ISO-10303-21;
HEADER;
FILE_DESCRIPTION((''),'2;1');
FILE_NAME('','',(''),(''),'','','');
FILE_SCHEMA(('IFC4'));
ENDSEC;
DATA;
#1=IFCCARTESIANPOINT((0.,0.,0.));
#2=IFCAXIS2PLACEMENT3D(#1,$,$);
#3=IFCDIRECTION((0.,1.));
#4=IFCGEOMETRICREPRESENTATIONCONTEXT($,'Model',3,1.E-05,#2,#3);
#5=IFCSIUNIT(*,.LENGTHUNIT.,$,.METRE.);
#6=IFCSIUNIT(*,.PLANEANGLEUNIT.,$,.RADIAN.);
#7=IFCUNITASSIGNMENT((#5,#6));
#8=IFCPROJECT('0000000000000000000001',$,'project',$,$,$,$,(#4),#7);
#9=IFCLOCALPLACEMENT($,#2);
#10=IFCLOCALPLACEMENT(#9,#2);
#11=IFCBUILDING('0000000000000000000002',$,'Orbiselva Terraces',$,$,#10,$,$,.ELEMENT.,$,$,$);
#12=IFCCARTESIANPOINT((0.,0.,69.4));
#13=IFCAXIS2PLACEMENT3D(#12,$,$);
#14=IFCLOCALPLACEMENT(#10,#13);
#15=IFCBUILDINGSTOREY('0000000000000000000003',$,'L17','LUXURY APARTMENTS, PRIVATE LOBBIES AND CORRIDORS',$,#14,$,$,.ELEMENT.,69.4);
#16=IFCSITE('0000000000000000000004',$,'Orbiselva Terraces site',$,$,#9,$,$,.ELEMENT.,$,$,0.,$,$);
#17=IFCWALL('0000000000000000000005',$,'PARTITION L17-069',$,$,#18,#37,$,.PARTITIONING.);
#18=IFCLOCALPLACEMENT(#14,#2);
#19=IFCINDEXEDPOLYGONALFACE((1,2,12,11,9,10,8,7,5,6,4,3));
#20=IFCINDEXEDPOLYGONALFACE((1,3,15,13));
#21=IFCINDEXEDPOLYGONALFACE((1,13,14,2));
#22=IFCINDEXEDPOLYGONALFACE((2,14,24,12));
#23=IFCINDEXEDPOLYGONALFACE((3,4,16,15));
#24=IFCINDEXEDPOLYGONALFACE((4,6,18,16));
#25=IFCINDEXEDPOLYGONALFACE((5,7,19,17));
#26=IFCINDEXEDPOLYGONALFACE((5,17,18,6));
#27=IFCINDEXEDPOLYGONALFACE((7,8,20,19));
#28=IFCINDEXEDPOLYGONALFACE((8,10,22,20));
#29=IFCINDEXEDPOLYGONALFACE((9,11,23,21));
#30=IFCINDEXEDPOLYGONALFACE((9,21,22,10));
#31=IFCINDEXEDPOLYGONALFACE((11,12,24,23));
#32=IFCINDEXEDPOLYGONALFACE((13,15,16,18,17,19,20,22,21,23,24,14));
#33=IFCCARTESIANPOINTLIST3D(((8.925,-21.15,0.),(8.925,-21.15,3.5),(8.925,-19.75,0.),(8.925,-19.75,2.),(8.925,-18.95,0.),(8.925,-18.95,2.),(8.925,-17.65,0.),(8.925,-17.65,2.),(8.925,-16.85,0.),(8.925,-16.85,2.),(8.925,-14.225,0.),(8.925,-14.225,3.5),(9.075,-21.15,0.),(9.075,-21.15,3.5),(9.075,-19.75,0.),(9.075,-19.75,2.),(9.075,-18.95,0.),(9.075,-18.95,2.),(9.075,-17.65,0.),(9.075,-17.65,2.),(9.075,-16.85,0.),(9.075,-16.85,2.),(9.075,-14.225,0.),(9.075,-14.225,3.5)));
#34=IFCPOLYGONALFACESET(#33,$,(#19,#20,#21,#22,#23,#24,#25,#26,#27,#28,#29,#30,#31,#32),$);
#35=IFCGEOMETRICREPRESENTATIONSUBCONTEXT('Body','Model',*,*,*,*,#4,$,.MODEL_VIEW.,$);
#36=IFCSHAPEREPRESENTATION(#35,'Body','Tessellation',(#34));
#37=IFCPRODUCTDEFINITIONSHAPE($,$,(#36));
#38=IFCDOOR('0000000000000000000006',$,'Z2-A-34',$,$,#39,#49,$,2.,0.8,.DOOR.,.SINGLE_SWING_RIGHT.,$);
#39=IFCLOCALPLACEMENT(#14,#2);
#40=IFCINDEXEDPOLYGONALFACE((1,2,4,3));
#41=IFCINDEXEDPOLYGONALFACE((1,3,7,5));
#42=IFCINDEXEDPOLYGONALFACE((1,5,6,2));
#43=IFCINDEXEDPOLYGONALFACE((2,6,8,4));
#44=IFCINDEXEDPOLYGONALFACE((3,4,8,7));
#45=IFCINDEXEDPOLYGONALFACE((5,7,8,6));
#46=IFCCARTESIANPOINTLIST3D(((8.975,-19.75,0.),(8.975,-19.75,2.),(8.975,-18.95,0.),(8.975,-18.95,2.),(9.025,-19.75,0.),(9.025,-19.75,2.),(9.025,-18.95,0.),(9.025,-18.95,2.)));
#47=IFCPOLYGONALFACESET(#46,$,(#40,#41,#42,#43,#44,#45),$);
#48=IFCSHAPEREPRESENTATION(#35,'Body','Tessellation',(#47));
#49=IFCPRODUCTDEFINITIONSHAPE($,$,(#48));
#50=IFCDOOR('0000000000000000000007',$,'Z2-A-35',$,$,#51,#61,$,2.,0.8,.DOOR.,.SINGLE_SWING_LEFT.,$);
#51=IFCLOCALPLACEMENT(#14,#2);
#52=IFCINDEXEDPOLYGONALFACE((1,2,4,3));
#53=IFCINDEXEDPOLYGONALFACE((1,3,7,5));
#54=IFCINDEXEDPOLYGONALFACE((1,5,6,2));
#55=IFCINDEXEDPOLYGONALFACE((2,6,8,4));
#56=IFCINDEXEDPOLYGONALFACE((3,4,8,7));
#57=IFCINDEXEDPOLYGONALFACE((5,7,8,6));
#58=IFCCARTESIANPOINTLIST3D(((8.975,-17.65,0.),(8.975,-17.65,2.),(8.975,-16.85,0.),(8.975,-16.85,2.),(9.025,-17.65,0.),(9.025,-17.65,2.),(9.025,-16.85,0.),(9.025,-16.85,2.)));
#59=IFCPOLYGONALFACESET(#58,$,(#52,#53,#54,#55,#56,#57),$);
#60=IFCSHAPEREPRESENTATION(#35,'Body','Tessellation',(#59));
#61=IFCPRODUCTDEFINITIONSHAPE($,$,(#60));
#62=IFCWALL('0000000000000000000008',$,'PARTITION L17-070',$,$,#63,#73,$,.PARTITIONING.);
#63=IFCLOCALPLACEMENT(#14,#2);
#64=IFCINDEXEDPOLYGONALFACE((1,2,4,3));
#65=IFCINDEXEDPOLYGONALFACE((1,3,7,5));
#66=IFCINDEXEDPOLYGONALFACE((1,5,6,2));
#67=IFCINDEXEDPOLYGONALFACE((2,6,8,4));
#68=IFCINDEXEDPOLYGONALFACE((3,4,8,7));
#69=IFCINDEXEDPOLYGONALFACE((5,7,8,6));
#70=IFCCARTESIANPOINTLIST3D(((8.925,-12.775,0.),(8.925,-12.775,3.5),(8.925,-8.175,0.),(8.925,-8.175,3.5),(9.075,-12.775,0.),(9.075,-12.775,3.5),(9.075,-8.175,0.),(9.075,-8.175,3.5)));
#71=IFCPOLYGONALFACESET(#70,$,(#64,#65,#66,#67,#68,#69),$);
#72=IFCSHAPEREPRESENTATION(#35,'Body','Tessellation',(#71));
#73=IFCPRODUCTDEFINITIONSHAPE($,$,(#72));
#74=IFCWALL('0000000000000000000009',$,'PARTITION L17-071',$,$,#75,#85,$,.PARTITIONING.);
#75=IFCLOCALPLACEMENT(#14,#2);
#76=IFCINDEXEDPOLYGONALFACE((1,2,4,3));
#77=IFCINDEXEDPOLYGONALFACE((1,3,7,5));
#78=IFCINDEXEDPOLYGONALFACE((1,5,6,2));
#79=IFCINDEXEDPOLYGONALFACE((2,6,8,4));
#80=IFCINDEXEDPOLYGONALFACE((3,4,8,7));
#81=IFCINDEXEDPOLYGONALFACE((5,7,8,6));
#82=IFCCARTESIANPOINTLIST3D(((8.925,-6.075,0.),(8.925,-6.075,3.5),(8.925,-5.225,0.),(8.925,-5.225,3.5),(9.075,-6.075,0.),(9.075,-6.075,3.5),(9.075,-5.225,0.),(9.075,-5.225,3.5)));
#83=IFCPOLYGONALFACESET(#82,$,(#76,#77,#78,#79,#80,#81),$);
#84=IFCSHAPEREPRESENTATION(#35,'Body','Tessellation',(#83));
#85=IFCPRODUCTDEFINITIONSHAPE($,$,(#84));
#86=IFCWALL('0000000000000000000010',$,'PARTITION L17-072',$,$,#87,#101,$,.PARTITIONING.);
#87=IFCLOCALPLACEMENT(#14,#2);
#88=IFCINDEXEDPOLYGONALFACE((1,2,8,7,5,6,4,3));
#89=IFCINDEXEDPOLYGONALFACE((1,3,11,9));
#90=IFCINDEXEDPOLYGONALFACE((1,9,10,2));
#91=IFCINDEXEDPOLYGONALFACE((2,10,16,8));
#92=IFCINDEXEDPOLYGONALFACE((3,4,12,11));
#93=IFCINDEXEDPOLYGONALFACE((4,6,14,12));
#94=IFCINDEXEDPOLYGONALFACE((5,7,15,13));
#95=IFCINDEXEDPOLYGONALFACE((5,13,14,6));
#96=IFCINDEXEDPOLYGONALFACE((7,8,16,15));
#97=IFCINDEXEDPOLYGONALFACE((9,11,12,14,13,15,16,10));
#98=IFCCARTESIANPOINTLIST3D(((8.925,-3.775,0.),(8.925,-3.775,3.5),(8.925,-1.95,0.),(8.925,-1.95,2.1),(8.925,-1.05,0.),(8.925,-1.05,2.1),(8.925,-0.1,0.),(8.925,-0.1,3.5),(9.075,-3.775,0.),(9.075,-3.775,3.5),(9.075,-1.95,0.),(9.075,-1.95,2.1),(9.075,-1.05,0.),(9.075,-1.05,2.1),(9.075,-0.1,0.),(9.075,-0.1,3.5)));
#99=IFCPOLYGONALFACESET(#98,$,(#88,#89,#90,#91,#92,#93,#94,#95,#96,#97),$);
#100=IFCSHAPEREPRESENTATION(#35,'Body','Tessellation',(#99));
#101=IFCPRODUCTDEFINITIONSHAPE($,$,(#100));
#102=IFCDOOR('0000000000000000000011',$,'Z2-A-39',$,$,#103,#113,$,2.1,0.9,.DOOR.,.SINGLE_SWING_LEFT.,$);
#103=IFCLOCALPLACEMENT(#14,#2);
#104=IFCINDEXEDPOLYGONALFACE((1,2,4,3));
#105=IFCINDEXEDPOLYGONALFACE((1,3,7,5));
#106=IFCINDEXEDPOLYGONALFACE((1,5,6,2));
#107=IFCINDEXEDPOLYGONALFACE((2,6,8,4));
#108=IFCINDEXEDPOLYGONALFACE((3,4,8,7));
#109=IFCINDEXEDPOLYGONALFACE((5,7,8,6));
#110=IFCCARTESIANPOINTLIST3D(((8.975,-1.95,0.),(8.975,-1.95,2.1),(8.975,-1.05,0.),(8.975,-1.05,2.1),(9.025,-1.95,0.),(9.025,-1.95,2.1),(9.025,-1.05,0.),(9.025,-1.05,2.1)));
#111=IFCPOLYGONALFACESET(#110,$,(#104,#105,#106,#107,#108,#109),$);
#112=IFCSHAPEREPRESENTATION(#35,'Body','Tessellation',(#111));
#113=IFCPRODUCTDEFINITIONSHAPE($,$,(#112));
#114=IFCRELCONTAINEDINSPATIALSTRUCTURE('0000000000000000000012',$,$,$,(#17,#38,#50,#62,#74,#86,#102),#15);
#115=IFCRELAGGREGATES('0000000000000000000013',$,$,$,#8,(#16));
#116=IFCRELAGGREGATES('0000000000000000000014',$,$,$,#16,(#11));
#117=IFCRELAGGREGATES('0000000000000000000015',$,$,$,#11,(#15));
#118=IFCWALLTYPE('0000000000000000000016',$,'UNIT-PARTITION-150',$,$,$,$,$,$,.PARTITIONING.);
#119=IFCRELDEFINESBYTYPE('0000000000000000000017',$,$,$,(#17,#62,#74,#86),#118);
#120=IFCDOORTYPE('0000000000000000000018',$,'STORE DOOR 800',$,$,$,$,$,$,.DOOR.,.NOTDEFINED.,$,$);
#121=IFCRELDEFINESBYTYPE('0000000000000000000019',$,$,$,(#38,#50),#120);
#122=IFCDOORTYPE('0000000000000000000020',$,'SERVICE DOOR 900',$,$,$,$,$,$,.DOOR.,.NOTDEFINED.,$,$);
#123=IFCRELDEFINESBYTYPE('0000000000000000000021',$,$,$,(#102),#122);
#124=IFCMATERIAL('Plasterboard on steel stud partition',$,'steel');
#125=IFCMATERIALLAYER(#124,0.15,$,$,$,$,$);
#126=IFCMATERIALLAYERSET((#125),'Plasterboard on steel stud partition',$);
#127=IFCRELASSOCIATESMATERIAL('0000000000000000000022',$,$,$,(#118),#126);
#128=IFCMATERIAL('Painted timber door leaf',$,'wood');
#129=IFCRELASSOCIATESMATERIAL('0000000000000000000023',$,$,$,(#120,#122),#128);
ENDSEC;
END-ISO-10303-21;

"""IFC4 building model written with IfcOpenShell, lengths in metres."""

from ifc_helpers import new_model, si_unit, direction, frame, frame_2d, origin, place, context, subcontext, project, spatial, rectangle, extrude, material, layer, layer_set, type_object, element, fill, save


model = new_model("IFC4")

# Units and contexts
model_context = context("Model", 3, precision=1e-05, world=origin(), true_north=direction((0.0, 1.0)))
body_context = subcontext(model_context, "Body", "Model", "MODEL_VIEW")
ifc_project = project(units=[si_unit("LENGTHUNIT", "METRE"), si_unit("PLANEANGLEUNIT", "RADIAN")], contexts=[model_context])

# Site, building, storey
site_placement = place(None, origin())
site = spatial("IfcSite", under=ifc_project, at=site_placement, Name="Orbiselva Terraces site", CompositionType="ELEMENT", RefElevation=0.0)
building_placement = place(site_placement, origin())
building = spatial("IfcBuilding", under=site, at=building_placement, Name="Orbiselva Terraces", CompositionType="ELEMENT")
storey_placement = place(building_placement, frame((0.0, 0.0, 69.4)))
storey = spatial("IfcBuildingStorey", under=building, at=storey_placement, Name="L17", Description="LUXURY APARTMENTS, PRIVATE LOBBIES AND CORRIDORS", CompositionType="ELEMENT", Elevation=69.4)

# Shared definitions
ifc_material_1 = material(Name="Plasterboard on steel stud partition", Category="steel")
ifc_layer_1 = layer(ifc_material_1, 0.15)
ifc_layer_set_1 = layer_set([ifc_layer_1], Name="Plasterboard on steel stud partition")
wall_type_1 = type_object("IfcWallType", Name="UNIT-PARTITION-150", PredefinedType="PARTITIONING", material=ifc_layer_set_1)

# Wall, openings, doors
wall_1_placement = place(storey_placement, frame((9.0, -14.225, 0.0), z_axis=(0.0, 0.0, 1.0), x_axis=(0.0, -1.0, 0.0)))
wall_1 = element("IfcWall", 1, at=wall_1_placement, inside=storey, type_object=wall_type_1, Name="PARTITION L17-069", PredefinedType="PARTITIONING", context=body_context, shape_type="SweptSolid", body=[
    extrude(rectangle(XDim=6.925, YDim=0.15, at=frame_2d((3.4625, 0.0))), origin(), (0.0, 0.0, 1.0), 3.5),
])
opening_1_placement = place(wall_1_placement, frame((4.725, 0.0, 0.0)))
opening_1 = element("IfcOpeningElement", 2, at=opening_1_placement, cuts=wall_1, PredefinedType="OPENING", context=body_context, shape_type="SweptSolid", body=[
    extrude(rectangle(XDim=0.8, YDim=2.0, at=frame_2d((0.4, 1.0))), frame((0.0, 0.085, 0.0), z_axis=(0.0, -1.0, 0.0), x_axis=(1.0, 0.0, 0.0)), (0.0, 0.0, 1.0), 0.17),
])
opening_2_placement = place(wall_1_placement, frame((2.625, 0.0, 0.0)))
opening_2 = element("IfcOpeningElement", 3, at=opening_2_placement, cuts=wall_1, PredefinedType="OPENING", context=body_context, shape_type="SweptSolid", body=[
    extrude(rectangle(XDim=0.8, YDim=2.0, at=frame_2d((0.4, 1.0))), frame((0.0, 0.085, 0.0), z_axis=(0.0, -1.0, 0.0), x_axis=(1.0, 0.0, 0.0)), (0.0, 0.0, 1.0), 0.17),
])
ifc_material_2 = material(Name="Painted timber door leaf", Category="wood")
door_type_1 = type_object("IfcDoorType", Name="STORE DOOR 800", OperationType="NOTDEFINED", PredefinedType="DOOR", material=ifc_material_2)
door_1_placement = place(opening_1_placement, origin())
door_1 = element("IfcDoor", 4, at=door_1_placement, inside=storey, type_object=door_type_1, Name="Z2-A-34", OperationType="SINGLE_SWING_RIGHT", OverallHeight=2.0, OverallWidth=0.8, PredefinedType="DOOR", context=body_context, shape_type="SweptSolid", body=[
    extrude(rectangle(XDim=0.8, YDim=2.0, at=frame_2d((0.4, 1.0))), frame((0.0, 0.025, 0.0), z_axis=(0.0, -1.0, 0.0), x_axis=(1.0, 0.0, 0.0)), (0.0, 0.0, 1.0), 0.05),
])
fill(opening_1, door_1)
door_2_placement = place(opening_2_placement, origin())
door_2 = element("IfcDoor", 5, at=door_2_placement, inside=storey, type_object=door_type_1, Name="Z2-A-35", OperationType="SINGLE_SWING_LEFT", OverallHeight=2.0, OverallWidth=0.8, PredefinedType="DOOR", context=body_context, shape_type="SweptSolid", body=[
    extrude(rectangle(XDim=0.8, YDim=2.0, at=frame_2d((0.4, 1.0))), frame((0.0, 0.025, 0.0), z_axis=(0.0, -1.0, 0.0), x_axis=(1.0, 0.0, 0.0)), (0.0, 0.0, 1.0), 0.05),
])
fill(opening_2, door_2)

# Walls
wall_2_placement = place(storey_placement, frame((9.0, -12.775, 0.0), z_axis=(0.0, 0.0, 1.0), x_axis=(0.0, 1.0, 0.0)))
element("IfcWall", 6, at=wall_2_placement, inside=storey, type_object=wall_type_1, Name="PARTITION L17-070", PredefinedType="PARTITIONING", context=body_context, shape_type="SweptSolid", body=[
    extrude(rectangle(XDim=4.6, YDim=0.15, at=frame_2d((2.3, 0.0))), origin(), (0.0, 0.0, 1.0), 3.5),
])
wall_3_placement = place(storey_placement, frame((9.0, -6.075, 0.0), z_axis=(0.0, 0.0, 1.0), x_axis=(0.0, 1.0, 0.0)))
element("IfcWall", 7, at=wall_3_placement, inside=storey, type_object=wall_type_1, Name="PARTITION L17-071", PredefinedType="PARTITIONING", context=body_context, shape_type="SweptSolid", body=[
    extrude(rectangle(XDim=0.85, YDim=0.15, at=frame_2d((0.425, 0.0))), origin(), (0.0, 0.0, 1.0), 3.5),
])

# Wall, opening, door
wall_4_placement = place(storey_placement, frame((9.0, -0.1, 0.0), z_axis=(0.0, 0.0, 1.0), x_axis=(0.0, -1.0, 0.0)))
wall_4 = element("IfcWall", 8, at=wall_4_placement, inside=storey, type_object=wall_type_1, Name="PARTITION L17-072", PredefinedType="PARTITIONING", context=body_context, shape_type="SweptSolid", body=[
    extrude(rectangle(XDim=3.675, YDim=0.15, at=frame_2d((1.8375, 0.0))), origin(), (0.0, 0.0, 1.0), 3.5),
])
opening_3_placement = place(wall_4_placement, frame((0.95, 0.0, 0.0)))
opening_3 = element("IfcOpeningElement", 9, at=opening_3_placement, cuts=wall_4, PredefinedType="OPENING", context=body_context, shape_type="SweptSolid", body=[
    extrude(rectangle(XDim=0.9, YDim=2.1, at=frame_2d((0.45, 1.05))), frame((0.0, 0.085, 0.0), z_axis=(0.0, -1.0, 0.0), x_axis=(1.0, 0.0, 0.0)), (0.0, 0.0, 1.0), 0.17),
])
door_type_2 = type_object("IfcDoorType", Name="SERVICE DOOR 900", OperationType="NOTDEFINED", PredefinedType="DOOR", material=ifc_material_2)
door_3_placement = place(opening_3_placement, origin())
door_3 = element("IfcDoor", 10, at=door_3_placement, inside=storey, type_object=door_type_2, Name="Z2-A-39", OperationType="SINGLE_SWING_LEFT", OverallHeight=2.1, OverallWidth=0.9, PredefinedType="DOOR", context=body_context, shape_type="SweptSolid", body=[
    extrude(rectangle(XDim=0.9, YDim=2.1, at=frame_2d((0.45, 1.05))), frame((0.0, 0.025, 0.0), z_axis=(0.0, -1.0, 0.0), x_axis=(1.0, 0.0, 0.0)), (0.0, 0.0, 1.0), 0.05),
])
fill(opening_3, door_3)

save(model, "model.ifc")
